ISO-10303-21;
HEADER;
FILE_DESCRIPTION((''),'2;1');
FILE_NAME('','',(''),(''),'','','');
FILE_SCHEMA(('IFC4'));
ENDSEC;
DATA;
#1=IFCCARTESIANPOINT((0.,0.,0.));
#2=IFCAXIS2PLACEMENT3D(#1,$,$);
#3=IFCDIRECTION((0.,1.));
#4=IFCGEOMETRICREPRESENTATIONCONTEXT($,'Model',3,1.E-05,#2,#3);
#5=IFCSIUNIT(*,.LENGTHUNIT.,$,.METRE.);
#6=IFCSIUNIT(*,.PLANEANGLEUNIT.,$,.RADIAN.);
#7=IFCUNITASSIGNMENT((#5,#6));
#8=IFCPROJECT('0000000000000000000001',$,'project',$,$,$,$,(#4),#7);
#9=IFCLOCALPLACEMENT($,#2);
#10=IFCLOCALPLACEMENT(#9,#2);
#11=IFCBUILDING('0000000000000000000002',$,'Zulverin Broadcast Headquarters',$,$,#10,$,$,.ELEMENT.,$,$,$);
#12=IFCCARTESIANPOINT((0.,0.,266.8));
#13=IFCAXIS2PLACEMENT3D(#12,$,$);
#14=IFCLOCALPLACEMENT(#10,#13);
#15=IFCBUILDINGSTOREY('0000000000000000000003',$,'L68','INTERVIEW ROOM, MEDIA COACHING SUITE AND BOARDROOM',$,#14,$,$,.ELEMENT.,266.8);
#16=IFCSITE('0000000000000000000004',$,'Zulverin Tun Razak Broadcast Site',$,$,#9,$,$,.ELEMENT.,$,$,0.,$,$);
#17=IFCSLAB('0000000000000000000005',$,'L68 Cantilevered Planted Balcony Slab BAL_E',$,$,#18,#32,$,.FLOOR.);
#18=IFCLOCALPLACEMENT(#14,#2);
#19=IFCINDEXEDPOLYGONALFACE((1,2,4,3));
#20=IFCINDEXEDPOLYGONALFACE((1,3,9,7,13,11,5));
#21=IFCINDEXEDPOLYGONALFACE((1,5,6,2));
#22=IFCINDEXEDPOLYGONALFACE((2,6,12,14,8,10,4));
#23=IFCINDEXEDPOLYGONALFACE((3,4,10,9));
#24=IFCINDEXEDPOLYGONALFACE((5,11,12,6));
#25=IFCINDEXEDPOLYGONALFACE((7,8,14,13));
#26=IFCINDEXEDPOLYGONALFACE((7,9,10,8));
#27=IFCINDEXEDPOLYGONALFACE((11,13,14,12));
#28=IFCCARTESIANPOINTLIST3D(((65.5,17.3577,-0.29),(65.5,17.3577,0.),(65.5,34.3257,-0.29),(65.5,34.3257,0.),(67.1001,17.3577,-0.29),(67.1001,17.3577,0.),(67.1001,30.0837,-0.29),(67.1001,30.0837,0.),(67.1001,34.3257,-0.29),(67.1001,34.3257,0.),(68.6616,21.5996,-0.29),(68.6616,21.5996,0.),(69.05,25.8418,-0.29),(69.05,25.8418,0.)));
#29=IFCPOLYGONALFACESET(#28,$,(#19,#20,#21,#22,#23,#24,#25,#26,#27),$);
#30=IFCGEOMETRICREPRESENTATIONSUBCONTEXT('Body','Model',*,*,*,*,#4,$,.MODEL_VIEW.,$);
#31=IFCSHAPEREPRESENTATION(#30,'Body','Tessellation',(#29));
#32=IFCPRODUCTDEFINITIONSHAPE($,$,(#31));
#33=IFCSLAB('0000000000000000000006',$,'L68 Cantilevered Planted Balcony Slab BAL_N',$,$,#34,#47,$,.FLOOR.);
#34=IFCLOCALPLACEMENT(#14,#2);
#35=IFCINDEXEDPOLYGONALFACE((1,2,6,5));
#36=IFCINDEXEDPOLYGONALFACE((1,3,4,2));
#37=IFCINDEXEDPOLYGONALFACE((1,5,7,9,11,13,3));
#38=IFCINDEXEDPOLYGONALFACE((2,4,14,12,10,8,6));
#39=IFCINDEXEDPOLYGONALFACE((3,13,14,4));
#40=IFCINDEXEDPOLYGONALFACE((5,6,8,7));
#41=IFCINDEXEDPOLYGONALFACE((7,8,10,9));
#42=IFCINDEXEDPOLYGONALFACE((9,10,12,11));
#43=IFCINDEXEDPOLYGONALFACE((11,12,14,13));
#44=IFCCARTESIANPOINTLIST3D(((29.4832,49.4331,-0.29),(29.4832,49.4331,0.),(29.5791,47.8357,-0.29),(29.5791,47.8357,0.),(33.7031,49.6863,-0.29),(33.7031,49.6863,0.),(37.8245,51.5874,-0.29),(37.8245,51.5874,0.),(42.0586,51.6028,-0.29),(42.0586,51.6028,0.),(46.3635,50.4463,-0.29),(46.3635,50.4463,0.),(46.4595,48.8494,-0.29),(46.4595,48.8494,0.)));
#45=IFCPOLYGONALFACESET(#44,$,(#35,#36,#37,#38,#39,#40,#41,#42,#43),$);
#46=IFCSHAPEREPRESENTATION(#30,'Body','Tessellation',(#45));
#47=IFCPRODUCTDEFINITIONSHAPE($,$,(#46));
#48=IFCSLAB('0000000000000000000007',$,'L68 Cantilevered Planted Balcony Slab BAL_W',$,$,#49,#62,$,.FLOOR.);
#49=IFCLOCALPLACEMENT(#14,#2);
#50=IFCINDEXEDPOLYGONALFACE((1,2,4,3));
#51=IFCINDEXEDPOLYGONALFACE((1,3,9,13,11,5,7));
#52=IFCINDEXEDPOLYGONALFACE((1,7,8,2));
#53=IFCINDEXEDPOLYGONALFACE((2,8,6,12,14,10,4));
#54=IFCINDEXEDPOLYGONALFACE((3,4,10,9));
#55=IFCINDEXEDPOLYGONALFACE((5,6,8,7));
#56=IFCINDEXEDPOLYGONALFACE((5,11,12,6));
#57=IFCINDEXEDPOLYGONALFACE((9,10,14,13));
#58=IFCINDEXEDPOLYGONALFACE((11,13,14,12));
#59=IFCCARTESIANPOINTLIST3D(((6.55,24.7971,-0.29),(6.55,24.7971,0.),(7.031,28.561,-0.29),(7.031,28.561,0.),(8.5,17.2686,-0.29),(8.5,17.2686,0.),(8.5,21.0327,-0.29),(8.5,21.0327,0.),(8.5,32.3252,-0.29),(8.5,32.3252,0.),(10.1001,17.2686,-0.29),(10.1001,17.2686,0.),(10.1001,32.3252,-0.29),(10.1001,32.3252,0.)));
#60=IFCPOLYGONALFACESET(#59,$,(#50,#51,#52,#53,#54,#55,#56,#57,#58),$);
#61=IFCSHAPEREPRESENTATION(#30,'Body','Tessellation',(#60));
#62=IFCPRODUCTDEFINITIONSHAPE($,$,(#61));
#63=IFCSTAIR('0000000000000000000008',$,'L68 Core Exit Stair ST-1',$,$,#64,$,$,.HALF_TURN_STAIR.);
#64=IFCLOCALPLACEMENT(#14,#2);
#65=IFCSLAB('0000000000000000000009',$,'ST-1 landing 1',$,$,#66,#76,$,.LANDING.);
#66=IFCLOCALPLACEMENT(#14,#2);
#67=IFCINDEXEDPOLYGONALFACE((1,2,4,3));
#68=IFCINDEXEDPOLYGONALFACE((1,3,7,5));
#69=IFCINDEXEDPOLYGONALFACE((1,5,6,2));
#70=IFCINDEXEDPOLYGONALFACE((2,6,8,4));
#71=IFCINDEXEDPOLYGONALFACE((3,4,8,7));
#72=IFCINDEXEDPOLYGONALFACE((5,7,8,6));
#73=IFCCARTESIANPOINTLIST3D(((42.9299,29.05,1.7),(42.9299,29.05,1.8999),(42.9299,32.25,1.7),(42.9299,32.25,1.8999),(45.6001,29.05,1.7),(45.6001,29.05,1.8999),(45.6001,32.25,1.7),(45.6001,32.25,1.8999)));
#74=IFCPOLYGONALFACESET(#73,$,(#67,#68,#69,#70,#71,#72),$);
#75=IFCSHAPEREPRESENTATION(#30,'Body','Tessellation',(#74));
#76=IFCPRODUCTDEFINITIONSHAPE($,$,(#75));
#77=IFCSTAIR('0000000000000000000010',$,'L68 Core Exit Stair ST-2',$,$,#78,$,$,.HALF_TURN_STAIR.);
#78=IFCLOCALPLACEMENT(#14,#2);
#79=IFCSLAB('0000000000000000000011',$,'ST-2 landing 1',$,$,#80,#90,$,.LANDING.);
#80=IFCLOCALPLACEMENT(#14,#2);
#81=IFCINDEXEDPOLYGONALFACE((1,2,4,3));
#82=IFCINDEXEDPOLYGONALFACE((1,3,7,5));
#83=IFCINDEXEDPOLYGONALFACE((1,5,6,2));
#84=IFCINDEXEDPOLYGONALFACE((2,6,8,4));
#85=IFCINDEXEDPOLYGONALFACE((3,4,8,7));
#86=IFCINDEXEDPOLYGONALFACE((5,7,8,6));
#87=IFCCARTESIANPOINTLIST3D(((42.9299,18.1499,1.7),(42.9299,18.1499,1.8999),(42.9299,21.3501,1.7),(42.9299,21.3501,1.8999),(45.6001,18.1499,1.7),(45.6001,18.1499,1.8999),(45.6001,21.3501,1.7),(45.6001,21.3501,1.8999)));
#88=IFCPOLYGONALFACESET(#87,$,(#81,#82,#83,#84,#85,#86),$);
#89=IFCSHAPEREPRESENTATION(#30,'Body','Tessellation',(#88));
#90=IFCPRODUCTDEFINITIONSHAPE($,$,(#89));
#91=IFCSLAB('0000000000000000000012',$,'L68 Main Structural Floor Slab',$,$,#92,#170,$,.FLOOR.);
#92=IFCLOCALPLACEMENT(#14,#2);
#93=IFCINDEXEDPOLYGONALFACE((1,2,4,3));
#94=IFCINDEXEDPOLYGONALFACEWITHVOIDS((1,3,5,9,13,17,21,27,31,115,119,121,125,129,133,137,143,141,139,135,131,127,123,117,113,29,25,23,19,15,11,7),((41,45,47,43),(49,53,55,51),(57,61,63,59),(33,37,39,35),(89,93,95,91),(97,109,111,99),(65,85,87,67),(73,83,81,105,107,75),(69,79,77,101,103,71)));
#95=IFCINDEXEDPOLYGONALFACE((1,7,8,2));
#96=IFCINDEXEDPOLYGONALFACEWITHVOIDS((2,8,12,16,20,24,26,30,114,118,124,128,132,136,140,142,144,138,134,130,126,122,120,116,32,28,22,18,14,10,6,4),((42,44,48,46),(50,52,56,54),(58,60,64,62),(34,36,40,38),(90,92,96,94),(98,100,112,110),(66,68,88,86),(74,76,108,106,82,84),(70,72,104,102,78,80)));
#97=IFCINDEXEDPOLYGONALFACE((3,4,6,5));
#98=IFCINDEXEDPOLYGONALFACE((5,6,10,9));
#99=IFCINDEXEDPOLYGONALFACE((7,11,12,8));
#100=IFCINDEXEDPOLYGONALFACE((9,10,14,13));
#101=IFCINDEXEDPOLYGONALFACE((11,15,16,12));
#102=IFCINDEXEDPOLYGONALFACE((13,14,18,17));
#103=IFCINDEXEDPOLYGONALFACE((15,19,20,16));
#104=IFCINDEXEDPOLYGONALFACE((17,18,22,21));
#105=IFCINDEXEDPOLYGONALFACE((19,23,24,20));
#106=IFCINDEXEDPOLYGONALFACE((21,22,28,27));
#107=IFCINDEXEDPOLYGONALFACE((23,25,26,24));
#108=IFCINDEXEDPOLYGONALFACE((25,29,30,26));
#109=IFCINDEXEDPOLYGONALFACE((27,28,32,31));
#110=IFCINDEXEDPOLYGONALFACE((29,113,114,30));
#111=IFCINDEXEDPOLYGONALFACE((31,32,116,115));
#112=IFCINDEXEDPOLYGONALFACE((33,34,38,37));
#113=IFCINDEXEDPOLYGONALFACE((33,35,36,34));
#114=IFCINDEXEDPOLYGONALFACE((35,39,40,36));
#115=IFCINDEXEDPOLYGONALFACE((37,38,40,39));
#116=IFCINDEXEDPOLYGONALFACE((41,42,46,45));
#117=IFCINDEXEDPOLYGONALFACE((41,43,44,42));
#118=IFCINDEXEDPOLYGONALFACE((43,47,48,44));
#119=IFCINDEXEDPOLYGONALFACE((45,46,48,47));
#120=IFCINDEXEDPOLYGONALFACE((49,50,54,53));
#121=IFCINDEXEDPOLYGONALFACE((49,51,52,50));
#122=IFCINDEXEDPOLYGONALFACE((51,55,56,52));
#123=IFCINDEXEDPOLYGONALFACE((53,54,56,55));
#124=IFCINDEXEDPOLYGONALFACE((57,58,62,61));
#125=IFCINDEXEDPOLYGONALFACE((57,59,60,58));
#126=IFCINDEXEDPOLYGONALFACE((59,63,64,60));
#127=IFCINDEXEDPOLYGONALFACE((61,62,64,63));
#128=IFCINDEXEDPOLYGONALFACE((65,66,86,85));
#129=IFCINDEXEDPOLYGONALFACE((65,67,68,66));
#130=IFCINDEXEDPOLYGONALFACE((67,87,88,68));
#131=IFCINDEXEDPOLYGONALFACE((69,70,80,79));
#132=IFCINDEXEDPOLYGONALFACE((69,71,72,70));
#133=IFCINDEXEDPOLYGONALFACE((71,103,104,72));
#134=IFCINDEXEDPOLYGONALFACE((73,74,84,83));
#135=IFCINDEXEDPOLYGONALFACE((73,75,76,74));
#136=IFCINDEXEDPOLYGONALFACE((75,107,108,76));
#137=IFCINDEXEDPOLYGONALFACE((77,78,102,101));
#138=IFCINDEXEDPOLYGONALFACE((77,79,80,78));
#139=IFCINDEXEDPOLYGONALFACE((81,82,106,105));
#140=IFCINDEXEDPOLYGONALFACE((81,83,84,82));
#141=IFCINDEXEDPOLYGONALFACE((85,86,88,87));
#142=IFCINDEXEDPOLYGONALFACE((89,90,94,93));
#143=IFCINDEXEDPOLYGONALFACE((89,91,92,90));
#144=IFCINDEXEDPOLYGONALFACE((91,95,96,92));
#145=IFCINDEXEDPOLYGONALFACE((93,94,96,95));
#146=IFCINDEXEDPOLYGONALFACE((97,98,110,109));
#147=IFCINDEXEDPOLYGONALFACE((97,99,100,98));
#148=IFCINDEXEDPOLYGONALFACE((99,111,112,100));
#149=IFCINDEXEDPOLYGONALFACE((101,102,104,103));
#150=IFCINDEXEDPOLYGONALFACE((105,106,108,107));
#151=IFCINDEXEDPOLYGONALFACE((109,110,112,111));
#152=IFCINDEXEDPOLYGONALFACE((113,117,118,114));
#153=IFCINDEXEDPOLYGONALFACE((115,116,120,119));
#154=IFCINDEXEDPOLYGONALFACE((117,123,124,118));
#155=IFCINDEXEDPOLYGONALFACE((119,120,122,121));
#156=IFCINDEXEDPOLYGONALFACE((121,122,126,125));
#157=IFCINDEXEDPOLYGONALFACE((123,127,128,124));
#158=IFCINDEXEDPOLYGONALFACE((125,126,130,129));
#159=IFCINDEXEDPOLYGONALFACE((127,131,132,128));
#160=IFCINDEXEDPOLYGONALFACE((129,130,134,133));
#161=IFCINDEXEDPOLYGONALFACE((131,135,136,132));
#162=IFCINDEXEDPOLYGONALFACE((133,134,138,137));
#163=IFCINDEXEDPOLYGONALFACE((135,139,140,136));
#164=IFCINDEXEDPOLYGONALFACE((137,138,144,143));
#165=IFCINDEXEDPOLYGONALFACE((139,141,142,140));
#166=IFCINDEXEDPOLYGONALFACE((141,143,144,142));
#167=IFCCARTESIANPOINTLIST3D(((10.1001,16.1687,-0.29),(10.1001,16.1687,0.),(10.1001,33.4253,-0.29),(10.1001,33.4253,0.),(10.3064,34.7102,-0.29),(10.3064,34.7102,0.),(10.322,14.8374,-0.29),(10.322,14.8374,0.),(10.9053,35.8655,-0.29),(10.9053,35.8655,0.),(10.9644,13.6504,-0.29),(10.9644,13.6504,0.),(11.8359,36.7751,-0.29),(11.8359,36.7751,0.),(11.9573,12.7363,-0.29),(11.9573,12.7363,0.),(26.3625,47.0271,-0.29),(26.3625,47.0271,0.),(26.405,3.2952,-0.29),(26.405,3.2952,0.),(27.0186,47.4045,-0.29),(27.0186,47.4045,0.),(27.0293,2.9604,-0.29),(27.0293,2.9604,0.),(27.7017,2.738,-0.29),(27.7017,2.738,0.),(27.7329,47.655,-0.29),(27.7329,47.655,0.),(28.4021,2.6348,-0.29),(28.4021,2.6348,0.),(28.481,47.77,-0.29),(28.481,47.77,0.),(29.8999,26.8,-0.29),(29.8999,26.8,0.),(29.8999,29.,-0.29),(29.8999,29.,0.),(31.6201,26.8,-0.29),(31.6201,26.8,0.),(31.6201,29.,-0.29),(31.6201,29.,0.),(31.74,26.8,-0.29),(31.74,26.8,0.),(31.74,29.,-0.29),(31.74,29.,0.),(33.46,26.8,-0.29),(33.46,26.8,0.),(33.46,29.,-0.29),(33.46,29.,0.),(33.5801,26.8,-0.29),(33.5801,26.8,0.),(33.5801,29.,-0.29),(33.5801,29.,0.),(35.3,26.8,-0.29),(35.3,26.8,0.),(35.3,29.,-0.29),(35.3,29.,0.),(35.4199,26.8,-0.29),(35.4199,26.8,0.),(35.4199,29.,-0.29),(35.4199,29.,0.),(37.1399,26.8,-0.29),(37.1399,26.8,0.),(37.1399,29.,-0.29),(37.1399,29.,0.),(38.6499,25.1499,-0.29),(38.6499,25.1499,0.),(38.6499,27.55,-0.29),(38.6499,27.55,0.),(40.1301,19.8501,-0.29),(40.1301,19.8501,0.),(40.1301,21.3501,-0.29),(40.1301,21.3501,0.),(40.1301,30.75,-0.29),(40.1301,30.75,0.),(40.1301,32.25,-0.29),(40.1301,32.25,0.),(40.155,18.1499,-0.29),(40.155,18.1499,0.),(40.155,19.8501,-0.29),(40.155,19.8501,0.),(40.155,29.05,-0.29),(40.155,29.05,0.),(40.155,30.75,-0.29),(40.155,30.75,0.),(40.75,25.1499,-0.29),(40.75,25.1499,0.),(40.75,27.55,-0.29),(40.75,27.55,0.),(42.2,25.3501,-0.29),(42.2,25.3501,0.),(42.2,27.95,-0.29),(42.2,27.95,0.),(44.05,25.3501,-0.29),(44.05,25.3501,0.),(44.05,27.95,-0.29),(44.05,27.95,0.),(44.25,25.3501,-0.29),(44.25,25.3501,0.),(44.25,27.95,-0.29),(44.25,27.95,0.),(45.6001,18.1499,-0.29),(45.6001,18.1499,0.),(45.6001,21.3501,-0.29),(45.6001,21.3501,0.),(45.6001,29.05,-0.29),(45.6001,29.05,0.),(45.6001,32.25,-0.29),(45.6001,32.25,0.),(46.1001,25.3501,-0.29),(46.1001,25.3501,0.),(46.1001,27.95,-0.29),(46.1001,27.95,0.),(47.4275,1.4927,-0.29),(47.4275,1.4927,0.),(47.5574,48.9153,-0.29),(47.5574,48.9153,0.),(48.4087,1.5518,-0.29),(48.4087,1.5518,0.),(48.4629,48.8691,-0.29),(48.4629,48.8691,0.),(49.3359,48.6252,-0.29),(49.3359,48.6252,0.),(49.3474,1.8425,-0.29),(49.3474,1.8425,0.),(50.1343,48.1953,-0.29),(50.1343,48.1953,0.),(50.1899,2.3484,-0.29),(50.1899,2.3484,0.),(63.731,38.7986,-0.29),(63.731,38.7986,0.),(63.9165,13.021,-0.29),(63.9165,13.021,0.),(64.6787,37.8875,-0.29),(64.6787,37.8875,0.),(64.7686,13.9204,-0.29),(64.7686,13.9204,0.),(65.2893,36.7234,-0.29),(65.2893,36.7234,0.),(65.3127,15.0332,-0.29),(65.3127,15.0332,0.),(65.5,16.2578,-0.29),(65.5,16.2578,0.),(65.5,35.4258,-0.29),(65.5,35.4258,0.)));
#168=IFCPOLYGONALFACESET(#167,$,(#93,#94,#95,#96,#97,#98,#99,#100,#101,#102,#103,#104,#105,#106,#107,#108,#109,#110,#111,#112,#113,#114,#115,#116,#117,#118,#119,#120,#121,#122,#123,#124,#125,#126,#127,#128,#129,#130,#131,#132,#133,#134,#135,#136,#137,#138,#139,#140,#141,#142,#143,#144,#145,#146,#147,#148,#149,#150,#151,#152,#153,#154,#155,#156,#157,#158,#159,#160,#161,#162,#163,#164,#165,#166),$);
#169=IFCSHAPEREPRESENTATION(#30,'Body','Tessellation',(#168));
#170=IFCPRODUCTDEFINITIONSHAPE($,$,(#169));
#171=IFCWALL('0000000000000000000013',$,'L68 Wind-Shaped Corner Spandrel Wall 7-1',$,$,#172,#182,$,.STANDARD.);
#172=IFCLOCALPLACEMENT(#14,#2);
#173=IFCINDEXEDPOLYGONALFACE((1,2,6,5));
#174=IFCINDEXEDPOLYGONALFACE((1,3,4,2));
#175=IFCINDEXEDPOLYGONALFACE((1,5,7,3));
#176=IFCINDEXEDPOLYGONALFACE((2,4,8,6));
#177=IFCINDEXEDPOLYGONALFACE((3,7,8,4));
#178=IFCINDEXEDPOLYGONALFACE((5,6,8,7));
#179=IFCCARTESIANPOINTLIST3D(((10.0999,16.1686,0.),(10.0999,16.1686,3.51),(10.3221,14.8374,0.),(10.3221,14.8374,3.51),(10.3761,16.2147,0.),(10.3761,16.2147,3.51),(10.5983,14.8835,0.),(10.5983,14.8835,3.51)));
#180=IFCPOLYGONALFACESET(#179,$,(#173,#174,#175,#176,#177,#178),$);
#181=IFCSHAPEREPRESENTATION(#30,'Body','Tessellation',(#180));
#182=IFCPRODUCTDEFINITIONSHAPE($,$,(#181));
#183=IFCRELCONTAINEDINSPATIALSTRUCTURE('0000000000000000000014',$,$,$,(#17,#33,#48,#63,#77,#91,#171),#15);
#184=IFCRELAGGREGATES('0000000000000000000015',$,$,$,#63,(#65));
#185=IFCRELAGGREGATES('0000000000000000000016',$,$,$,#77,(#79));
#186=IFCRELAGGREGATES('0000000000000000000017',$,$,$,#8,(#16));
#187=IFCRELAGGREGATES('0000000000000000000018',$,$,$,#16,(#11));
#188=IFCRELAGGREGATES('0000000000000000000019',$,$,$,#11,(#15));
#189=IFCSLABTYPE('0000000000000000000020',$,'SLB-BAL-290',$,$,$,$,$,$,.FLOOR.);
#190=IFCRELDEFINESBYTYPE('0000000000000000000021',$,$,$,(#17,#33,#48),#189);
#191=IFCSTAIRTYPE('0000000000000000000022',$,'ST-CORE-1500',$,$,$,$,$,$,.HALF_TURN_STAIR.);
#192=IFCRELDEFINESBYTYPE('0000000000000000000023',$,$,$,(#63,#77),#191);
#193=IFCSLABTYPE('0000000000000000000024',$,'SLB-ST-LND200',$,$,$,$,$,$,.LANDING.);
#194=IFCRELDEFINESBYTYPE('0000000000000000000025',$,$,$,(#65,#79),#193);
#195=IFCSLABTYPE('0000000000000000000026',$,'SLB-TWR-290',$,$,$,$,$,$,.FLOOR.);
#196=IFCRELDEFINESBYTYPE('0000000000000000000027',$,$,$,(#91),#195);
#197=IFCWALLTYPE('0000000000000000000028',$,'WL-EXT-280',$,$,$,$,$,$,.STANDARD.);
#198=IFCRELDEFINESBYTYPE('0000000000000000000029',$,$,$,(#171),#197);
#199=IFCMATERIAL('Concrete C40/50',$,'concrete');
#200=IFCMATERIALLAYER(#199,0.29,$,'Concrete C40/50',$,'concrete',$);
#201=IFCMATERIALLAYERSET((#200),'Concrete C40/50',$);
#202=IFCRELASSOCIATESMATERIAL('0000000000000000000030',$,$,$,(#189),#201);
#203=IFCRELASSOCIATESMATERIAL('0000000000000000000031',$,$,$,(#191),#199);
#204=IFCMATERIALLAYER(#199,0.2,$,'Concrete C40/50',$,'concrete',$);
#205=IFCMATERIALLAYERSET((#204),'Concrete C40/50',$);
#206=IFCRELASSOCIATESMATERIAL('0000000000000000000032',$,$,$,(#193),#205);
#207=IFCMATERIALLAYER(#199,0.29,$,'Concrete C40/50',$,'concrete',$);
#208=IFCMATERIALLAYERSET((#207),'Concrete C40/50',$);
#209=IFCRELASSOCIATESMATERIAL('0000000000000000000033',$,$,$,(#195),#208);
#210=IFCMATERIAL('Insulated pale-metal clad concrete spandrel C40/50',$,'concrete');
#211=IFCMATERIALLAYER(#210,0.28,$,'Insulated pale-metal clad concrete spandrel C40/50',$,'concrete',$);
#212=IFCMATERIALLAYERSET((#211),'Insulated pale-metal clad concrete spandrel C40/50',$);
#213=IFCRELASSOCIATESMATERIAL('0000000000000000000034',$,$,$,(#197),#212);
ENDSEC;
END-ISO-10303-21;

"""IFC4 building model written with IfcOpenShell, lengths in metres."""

from ifc_helpers import new_model, si_unit, direction, frame, frame_2d, origin, place, context, subcontext, project, spatial, polyline, rectangle, outline, extrude, material, layer, layer_set, type_object, element, aggregate, save


model = new_model("IFC4")

# Units and contexts
model_context = context("Model", 3, precision=1e-05, world=origin(), true_north=direction((0.0, 1.0)))
body_context = subcontext(model_context, "Body", "Model", "MODEL_VIEW")
ifc_project = project(units=[si_unit("LENGTHUNIT", "METRE"), si_unit("PLANEANGLEUNIT", "RADIAN")], contexts=[model_context])

# Site, building, storey
site_placement = place(None, origin())
site = spatial("IfcSite", under=ifc_project, at=site_placement, Name="Zulverin Tun Razak Broadcast Site", CompositionType="ELEMENT", RefElevation=0.0)
building_placement = place(site_placement, origin())
building = spatial("IfcBuilding", under=site, at=building_placement, Name="Zulverin Broadcast Headquarters", CompositionType="ELEMENT")
storey_placement = place(building_placement, frame((0.0, 0.0, 266.8)))
storey = spatial("IfcBuildingStorey", under=building, at=storey_placement, Name="L68", Description="INTERVIEW ROOM, MEDIA COACHING SUITE AND BOARDROOM", CompositionType="ELEMENT", Elevation=266.8)

# Slabs
ifc_material_1 = material(Name="Concrete C40/50", Category="concrete")
ifc_layer_1 = layer(ifc_material_1, 0.29, Name="Concrete C40/50", Category="concrete")
ifc_layer_set_1 = layer_set([ifc_layer_1], Name="Concrete C40/50")
slab_type_1 = type_object("IfcSlabType", Name="SLB-BAL-290", PredefinedType="FLOOR", material=ifc_layer_set_1)
slab_1_placement = place(storey_placement, frame((0.0, 0.0, -0.29)))
element("IfcSlab", 1, at=slab_1_placement, inside=storey, type_object=slab_type_1, Name="L68 Cantilevered Planted Balcony Slab BAL_E", PredefinedType="FLOOR", context=body_context, shape_type="SweptSolid", body=[
    extrude(outline(polyline([(65.5, 34.3257), (65.5, 17.3577), (67.1001, 17.3577), (68.6616, 21.5996), (69.05, 25.8418), (67.1001, 30.0837), (67.1001, 34.3257), (65.5, 34.3257)])), origin(), (0.0, 0.0, 1.0), 0.29),
])
slab_2_placement = place(storey_placement, frame((0.0, 0.0, -0.29)))
element("IfcSlab", 2, at=slab_2_placement, inside=storey, type_object=slab_type_1, Name="L68 Cantilevered Planted Balcony Slab BAL_N", PredefinedType="FLOOR", context=body_context, shape_type="SweptSolid", body=[
    extrude(outline(polyline([(29.5791, 47.8357), (46.4595, 48.8494), (46.3635, 50.4463), (42.0586, 51.6028), (37.8245, 51.5874), (33.7031, 49.6863), (29.4832, 49.4331), (29.5791, 47.8357)])), origin(), (0.0, 0.0, 1.0), 0.29),
])
slab_3_placement = place(storey_placement, frame((0.0, 0.0, -0.29)))
element("IfcSlab", 3, at=slab_3_placement, inside=storey, type_object=slab_type_1, Name="L68 Cantilevered Planted Balcony Slab BAL_W", PredefinedType="FLOOR", context=body_context, shape_type="SweptSolid", body=[
    extrude(outline(polyline([(10.1001, 17.2686), (10.1001, 32.3252), (8.5, 32.3252), (7.031, 28.561), (6.55, 24.7971), (8.5, 21.0327), (8.5, 17.2686), (10.1001, 17.2686)])), origin(), (0.0, 0.0, 1.0), 0.29),
])

# Stairs, slabs
stair_type = type_object("IfcStairType", Name="ST-CORE-1500", PredefinedType="HALF_TURN_STAIR", material=ifc_material_1)
stair_1_placement = place(storey_placement, origin())
stair_1 = element("IfcStair", 4, at=stair_1_placement, inside=storey, type_object=stair_type, Name="L68 Core Exit Stair ST-1", PredefinedType="HALF_TURN_STAIR")
ifc_layer_2 = layer(ifc_material_1, 0.2, Name="Concrete C40/50", Category="concrete")
ifc_layer_set_2 = layer_set([ifc_layer_2], Name="Concrete C40/50")
slab_type_2 = type_object("IfcSlabType", Name="SLB-ST-LND200", PredefinedType="LANDING", material=ifc_layer_set_2)
slab_4_placement = place(storey_placement, frame((0.0, 0.0, 1.7)))
slab_4 = element("IfcSlab", 5, at=slab_4_placement, type_object=slab_type_2, Name="ST-1 landing 1", PredefinedType="LANDING", context=body_context, shape_type="SweptSolid", body=[
    extrude(outline(polyline([(42.9299, 29.05), (45.6001, 29.05), (45.6001, 32.25), (42.9299, 32.25), (42.9299, 29.05)])), origin(), (0.0, 0.0, 1.0), 0.2),
])
aggregate(stair_1, [slab_4])
stair_2_placement = place(storey_placement, origin())
stair_2 = element("IfcStair", 6, at=stair_2_placement, inside=storey, type_object=stair_type, Name="L68 Core Exit Stair ST-2", PredefinedType="HALF_TURN_STAIR")
slab_5_placement = place(storey_placement, frame((0.0, 0.0, 1.7)))
slab_5 = element("IfcSlab", 7, at=slab_5_placement, type_object=slab_type_2, Name="ST-2 landing 1", PredefinedType="LANDING", context=body_context, shape_type="SweptSolid", body=[
    extrude(outline(polyline([(42.9299, 18.1499), (45.6001, 18.1499), (45.6001, 21.3501), (42.9299, 21.3501), (42.9299, 18.1499)])), origin(), (0.0, 0.0, 1.0), 0.2),
])
aggregate(stair_2, [slab_5])

# Slab
ifc_layer_3 = layer(ifc_material_1, 0.29, Name="Concrete C40/50", Category="concrete")
ifc_layer_set_3 = layer_set([ifc_layer_3], Name="Concrete C40/50")
slab_type_3 = type_object("IfcSlabType", Name="SLB-TWR-290", PredefinedType="FLOOR", material=ifc_layer_set_3)
slab_6_placement = place(storey_placement, frame((0.0, 0.0, -0.29)))
element("IfcSlab", 8, at=slab_6_placement, inside=storey, type_object=slab_type_3, Name="L68 Main Structural Floor Slab", PredefinedType="FLOOR", context=body_context, shape_type="SweptSolid", body=[
    extrude(outline(polyline([(26.405, 3.2952), (27.0293, 2.9604), (27.7017, 2.738), (28.4021, 2.6348), (47.4275, 1.4927), (48.4087, 1.5518), (49.3474, 1.8425), (50.1899, 2.3484), (63.9165, 13.021), (64.7686, 13.9204), (65.3127, 15.0332), (65.5, 16.2578), (65.5, 35.4258), (65.2893, 36.7234), (64.6787, 37.8875), (63.731, 38.7986), (50.1343, 48.1953), (49.3359, 48.6252), (48.4629, 48.8691), (47.5574, 48.9153), (28.481, 47.77), (27.7329, 47.655), (27.0186, 47.4045), (26.3625, 47.0271), (11.8359, 36.7751), (10.9053, 35.8655), (10.3064, 34.7102), (10.1001, 33.4253), (10.1001, 16.1687), (10.322, 14.8374), (10.9644, 13.6504), (11.9573, 12.7363), (26.405, 3.2952)]), holes=[polyline([(40.155, 30.75), (40.1301, 30.75), (40.1301, 32.25), (45.6001, 32.25), (45.6001, 29.05), (40.155, 29.05), (40.155, 30.75)]), polyline([(40.155, 19.8501), (40.1301, 19.8501), (40.1301, 21.3501), (45.6001, 21.3501), (45.6001, 18.1499), (40.155, 18.1499), (40.155, 19.8501)]), polyline([(29.8999, 26.8), (31.6201, 26.8), (31.6201, 29.0), (29.8999, 29.0), (29.8999, 26.8)]), polyline([(31.74, 26.8), (33.46, 26.8), (33.46, 29.0), (31.74, 29.0), (31.74, 26.8)]), polyline([(33.5801, 26.8), (35.3, 26.8), (35.3, 29.0), (33.5801, 29.0), (33.5801, 26.8)]), polyline([(35.4199, 26.8), (37.1399, 26.8), (37.1399, 29.0), (35.4199, 29.0), (35.4199, 26.8)]), polyline([(42.2, 25.3501), (44.05, 25.3501), (44.05, 27.95), (42.2, 27.95), (42.2, 25.3501)]), polyline([(44.25, 25.3501), (46.1001, 25.3501), (46.1001, 27.95), (44.25, 27.95), (44.25, 25.3501)]), polyline([(38.6499, 25.1499), (40.75, 25.1499), (40.75, 27.55), (38.6499, 27.55), (38.6499, 25.1499)])]), origin(), (0.0, 0.0, 1.0), 0.29),
])

# Wall
ifc_material_2 = material(Name="Insulated pale-metal clad concrete spandrel C40/50", Category="concrete")
ifc_layer_4 = layer(ifc_material_2, 0.28, Name="Insulated pale-metal clad concrete spandrel C40/50", Category="concrete")
ifc_layer_set_4 = layer_set([ifc_layer_4], Name="Insulated pale-metal clad concrete spandrel C40/50")
wall_type = type_object("IfcWallType", Name="WL-EXT-280", PredefinedType="STANDARD", material=ifc_layer_set_4)
wall_placement = place(storey_placement, frame((10.238, 16.1917, 0.0), z_axis=(0.0, 0.0, 1.0), x_axis=(0.164604, -0.98636, 0.0)))
element("IfcWall", 9, at=wall_placement, inside=storey, type_object=wall_type, Name="L68 Wind-Shaped Corner Spandrel Wall 7-1", PredefinedType="STANDARD", context=body_context, shape_type="SweptSolid", body=[
    extrude(rectangle(XDim=1.3496, YDim=0.28, at=frame_2d((0.6748, 0.0))), origin(), (0.0, 0.0, 1.0), 3.51),
])

save(model, "model.ifc")
